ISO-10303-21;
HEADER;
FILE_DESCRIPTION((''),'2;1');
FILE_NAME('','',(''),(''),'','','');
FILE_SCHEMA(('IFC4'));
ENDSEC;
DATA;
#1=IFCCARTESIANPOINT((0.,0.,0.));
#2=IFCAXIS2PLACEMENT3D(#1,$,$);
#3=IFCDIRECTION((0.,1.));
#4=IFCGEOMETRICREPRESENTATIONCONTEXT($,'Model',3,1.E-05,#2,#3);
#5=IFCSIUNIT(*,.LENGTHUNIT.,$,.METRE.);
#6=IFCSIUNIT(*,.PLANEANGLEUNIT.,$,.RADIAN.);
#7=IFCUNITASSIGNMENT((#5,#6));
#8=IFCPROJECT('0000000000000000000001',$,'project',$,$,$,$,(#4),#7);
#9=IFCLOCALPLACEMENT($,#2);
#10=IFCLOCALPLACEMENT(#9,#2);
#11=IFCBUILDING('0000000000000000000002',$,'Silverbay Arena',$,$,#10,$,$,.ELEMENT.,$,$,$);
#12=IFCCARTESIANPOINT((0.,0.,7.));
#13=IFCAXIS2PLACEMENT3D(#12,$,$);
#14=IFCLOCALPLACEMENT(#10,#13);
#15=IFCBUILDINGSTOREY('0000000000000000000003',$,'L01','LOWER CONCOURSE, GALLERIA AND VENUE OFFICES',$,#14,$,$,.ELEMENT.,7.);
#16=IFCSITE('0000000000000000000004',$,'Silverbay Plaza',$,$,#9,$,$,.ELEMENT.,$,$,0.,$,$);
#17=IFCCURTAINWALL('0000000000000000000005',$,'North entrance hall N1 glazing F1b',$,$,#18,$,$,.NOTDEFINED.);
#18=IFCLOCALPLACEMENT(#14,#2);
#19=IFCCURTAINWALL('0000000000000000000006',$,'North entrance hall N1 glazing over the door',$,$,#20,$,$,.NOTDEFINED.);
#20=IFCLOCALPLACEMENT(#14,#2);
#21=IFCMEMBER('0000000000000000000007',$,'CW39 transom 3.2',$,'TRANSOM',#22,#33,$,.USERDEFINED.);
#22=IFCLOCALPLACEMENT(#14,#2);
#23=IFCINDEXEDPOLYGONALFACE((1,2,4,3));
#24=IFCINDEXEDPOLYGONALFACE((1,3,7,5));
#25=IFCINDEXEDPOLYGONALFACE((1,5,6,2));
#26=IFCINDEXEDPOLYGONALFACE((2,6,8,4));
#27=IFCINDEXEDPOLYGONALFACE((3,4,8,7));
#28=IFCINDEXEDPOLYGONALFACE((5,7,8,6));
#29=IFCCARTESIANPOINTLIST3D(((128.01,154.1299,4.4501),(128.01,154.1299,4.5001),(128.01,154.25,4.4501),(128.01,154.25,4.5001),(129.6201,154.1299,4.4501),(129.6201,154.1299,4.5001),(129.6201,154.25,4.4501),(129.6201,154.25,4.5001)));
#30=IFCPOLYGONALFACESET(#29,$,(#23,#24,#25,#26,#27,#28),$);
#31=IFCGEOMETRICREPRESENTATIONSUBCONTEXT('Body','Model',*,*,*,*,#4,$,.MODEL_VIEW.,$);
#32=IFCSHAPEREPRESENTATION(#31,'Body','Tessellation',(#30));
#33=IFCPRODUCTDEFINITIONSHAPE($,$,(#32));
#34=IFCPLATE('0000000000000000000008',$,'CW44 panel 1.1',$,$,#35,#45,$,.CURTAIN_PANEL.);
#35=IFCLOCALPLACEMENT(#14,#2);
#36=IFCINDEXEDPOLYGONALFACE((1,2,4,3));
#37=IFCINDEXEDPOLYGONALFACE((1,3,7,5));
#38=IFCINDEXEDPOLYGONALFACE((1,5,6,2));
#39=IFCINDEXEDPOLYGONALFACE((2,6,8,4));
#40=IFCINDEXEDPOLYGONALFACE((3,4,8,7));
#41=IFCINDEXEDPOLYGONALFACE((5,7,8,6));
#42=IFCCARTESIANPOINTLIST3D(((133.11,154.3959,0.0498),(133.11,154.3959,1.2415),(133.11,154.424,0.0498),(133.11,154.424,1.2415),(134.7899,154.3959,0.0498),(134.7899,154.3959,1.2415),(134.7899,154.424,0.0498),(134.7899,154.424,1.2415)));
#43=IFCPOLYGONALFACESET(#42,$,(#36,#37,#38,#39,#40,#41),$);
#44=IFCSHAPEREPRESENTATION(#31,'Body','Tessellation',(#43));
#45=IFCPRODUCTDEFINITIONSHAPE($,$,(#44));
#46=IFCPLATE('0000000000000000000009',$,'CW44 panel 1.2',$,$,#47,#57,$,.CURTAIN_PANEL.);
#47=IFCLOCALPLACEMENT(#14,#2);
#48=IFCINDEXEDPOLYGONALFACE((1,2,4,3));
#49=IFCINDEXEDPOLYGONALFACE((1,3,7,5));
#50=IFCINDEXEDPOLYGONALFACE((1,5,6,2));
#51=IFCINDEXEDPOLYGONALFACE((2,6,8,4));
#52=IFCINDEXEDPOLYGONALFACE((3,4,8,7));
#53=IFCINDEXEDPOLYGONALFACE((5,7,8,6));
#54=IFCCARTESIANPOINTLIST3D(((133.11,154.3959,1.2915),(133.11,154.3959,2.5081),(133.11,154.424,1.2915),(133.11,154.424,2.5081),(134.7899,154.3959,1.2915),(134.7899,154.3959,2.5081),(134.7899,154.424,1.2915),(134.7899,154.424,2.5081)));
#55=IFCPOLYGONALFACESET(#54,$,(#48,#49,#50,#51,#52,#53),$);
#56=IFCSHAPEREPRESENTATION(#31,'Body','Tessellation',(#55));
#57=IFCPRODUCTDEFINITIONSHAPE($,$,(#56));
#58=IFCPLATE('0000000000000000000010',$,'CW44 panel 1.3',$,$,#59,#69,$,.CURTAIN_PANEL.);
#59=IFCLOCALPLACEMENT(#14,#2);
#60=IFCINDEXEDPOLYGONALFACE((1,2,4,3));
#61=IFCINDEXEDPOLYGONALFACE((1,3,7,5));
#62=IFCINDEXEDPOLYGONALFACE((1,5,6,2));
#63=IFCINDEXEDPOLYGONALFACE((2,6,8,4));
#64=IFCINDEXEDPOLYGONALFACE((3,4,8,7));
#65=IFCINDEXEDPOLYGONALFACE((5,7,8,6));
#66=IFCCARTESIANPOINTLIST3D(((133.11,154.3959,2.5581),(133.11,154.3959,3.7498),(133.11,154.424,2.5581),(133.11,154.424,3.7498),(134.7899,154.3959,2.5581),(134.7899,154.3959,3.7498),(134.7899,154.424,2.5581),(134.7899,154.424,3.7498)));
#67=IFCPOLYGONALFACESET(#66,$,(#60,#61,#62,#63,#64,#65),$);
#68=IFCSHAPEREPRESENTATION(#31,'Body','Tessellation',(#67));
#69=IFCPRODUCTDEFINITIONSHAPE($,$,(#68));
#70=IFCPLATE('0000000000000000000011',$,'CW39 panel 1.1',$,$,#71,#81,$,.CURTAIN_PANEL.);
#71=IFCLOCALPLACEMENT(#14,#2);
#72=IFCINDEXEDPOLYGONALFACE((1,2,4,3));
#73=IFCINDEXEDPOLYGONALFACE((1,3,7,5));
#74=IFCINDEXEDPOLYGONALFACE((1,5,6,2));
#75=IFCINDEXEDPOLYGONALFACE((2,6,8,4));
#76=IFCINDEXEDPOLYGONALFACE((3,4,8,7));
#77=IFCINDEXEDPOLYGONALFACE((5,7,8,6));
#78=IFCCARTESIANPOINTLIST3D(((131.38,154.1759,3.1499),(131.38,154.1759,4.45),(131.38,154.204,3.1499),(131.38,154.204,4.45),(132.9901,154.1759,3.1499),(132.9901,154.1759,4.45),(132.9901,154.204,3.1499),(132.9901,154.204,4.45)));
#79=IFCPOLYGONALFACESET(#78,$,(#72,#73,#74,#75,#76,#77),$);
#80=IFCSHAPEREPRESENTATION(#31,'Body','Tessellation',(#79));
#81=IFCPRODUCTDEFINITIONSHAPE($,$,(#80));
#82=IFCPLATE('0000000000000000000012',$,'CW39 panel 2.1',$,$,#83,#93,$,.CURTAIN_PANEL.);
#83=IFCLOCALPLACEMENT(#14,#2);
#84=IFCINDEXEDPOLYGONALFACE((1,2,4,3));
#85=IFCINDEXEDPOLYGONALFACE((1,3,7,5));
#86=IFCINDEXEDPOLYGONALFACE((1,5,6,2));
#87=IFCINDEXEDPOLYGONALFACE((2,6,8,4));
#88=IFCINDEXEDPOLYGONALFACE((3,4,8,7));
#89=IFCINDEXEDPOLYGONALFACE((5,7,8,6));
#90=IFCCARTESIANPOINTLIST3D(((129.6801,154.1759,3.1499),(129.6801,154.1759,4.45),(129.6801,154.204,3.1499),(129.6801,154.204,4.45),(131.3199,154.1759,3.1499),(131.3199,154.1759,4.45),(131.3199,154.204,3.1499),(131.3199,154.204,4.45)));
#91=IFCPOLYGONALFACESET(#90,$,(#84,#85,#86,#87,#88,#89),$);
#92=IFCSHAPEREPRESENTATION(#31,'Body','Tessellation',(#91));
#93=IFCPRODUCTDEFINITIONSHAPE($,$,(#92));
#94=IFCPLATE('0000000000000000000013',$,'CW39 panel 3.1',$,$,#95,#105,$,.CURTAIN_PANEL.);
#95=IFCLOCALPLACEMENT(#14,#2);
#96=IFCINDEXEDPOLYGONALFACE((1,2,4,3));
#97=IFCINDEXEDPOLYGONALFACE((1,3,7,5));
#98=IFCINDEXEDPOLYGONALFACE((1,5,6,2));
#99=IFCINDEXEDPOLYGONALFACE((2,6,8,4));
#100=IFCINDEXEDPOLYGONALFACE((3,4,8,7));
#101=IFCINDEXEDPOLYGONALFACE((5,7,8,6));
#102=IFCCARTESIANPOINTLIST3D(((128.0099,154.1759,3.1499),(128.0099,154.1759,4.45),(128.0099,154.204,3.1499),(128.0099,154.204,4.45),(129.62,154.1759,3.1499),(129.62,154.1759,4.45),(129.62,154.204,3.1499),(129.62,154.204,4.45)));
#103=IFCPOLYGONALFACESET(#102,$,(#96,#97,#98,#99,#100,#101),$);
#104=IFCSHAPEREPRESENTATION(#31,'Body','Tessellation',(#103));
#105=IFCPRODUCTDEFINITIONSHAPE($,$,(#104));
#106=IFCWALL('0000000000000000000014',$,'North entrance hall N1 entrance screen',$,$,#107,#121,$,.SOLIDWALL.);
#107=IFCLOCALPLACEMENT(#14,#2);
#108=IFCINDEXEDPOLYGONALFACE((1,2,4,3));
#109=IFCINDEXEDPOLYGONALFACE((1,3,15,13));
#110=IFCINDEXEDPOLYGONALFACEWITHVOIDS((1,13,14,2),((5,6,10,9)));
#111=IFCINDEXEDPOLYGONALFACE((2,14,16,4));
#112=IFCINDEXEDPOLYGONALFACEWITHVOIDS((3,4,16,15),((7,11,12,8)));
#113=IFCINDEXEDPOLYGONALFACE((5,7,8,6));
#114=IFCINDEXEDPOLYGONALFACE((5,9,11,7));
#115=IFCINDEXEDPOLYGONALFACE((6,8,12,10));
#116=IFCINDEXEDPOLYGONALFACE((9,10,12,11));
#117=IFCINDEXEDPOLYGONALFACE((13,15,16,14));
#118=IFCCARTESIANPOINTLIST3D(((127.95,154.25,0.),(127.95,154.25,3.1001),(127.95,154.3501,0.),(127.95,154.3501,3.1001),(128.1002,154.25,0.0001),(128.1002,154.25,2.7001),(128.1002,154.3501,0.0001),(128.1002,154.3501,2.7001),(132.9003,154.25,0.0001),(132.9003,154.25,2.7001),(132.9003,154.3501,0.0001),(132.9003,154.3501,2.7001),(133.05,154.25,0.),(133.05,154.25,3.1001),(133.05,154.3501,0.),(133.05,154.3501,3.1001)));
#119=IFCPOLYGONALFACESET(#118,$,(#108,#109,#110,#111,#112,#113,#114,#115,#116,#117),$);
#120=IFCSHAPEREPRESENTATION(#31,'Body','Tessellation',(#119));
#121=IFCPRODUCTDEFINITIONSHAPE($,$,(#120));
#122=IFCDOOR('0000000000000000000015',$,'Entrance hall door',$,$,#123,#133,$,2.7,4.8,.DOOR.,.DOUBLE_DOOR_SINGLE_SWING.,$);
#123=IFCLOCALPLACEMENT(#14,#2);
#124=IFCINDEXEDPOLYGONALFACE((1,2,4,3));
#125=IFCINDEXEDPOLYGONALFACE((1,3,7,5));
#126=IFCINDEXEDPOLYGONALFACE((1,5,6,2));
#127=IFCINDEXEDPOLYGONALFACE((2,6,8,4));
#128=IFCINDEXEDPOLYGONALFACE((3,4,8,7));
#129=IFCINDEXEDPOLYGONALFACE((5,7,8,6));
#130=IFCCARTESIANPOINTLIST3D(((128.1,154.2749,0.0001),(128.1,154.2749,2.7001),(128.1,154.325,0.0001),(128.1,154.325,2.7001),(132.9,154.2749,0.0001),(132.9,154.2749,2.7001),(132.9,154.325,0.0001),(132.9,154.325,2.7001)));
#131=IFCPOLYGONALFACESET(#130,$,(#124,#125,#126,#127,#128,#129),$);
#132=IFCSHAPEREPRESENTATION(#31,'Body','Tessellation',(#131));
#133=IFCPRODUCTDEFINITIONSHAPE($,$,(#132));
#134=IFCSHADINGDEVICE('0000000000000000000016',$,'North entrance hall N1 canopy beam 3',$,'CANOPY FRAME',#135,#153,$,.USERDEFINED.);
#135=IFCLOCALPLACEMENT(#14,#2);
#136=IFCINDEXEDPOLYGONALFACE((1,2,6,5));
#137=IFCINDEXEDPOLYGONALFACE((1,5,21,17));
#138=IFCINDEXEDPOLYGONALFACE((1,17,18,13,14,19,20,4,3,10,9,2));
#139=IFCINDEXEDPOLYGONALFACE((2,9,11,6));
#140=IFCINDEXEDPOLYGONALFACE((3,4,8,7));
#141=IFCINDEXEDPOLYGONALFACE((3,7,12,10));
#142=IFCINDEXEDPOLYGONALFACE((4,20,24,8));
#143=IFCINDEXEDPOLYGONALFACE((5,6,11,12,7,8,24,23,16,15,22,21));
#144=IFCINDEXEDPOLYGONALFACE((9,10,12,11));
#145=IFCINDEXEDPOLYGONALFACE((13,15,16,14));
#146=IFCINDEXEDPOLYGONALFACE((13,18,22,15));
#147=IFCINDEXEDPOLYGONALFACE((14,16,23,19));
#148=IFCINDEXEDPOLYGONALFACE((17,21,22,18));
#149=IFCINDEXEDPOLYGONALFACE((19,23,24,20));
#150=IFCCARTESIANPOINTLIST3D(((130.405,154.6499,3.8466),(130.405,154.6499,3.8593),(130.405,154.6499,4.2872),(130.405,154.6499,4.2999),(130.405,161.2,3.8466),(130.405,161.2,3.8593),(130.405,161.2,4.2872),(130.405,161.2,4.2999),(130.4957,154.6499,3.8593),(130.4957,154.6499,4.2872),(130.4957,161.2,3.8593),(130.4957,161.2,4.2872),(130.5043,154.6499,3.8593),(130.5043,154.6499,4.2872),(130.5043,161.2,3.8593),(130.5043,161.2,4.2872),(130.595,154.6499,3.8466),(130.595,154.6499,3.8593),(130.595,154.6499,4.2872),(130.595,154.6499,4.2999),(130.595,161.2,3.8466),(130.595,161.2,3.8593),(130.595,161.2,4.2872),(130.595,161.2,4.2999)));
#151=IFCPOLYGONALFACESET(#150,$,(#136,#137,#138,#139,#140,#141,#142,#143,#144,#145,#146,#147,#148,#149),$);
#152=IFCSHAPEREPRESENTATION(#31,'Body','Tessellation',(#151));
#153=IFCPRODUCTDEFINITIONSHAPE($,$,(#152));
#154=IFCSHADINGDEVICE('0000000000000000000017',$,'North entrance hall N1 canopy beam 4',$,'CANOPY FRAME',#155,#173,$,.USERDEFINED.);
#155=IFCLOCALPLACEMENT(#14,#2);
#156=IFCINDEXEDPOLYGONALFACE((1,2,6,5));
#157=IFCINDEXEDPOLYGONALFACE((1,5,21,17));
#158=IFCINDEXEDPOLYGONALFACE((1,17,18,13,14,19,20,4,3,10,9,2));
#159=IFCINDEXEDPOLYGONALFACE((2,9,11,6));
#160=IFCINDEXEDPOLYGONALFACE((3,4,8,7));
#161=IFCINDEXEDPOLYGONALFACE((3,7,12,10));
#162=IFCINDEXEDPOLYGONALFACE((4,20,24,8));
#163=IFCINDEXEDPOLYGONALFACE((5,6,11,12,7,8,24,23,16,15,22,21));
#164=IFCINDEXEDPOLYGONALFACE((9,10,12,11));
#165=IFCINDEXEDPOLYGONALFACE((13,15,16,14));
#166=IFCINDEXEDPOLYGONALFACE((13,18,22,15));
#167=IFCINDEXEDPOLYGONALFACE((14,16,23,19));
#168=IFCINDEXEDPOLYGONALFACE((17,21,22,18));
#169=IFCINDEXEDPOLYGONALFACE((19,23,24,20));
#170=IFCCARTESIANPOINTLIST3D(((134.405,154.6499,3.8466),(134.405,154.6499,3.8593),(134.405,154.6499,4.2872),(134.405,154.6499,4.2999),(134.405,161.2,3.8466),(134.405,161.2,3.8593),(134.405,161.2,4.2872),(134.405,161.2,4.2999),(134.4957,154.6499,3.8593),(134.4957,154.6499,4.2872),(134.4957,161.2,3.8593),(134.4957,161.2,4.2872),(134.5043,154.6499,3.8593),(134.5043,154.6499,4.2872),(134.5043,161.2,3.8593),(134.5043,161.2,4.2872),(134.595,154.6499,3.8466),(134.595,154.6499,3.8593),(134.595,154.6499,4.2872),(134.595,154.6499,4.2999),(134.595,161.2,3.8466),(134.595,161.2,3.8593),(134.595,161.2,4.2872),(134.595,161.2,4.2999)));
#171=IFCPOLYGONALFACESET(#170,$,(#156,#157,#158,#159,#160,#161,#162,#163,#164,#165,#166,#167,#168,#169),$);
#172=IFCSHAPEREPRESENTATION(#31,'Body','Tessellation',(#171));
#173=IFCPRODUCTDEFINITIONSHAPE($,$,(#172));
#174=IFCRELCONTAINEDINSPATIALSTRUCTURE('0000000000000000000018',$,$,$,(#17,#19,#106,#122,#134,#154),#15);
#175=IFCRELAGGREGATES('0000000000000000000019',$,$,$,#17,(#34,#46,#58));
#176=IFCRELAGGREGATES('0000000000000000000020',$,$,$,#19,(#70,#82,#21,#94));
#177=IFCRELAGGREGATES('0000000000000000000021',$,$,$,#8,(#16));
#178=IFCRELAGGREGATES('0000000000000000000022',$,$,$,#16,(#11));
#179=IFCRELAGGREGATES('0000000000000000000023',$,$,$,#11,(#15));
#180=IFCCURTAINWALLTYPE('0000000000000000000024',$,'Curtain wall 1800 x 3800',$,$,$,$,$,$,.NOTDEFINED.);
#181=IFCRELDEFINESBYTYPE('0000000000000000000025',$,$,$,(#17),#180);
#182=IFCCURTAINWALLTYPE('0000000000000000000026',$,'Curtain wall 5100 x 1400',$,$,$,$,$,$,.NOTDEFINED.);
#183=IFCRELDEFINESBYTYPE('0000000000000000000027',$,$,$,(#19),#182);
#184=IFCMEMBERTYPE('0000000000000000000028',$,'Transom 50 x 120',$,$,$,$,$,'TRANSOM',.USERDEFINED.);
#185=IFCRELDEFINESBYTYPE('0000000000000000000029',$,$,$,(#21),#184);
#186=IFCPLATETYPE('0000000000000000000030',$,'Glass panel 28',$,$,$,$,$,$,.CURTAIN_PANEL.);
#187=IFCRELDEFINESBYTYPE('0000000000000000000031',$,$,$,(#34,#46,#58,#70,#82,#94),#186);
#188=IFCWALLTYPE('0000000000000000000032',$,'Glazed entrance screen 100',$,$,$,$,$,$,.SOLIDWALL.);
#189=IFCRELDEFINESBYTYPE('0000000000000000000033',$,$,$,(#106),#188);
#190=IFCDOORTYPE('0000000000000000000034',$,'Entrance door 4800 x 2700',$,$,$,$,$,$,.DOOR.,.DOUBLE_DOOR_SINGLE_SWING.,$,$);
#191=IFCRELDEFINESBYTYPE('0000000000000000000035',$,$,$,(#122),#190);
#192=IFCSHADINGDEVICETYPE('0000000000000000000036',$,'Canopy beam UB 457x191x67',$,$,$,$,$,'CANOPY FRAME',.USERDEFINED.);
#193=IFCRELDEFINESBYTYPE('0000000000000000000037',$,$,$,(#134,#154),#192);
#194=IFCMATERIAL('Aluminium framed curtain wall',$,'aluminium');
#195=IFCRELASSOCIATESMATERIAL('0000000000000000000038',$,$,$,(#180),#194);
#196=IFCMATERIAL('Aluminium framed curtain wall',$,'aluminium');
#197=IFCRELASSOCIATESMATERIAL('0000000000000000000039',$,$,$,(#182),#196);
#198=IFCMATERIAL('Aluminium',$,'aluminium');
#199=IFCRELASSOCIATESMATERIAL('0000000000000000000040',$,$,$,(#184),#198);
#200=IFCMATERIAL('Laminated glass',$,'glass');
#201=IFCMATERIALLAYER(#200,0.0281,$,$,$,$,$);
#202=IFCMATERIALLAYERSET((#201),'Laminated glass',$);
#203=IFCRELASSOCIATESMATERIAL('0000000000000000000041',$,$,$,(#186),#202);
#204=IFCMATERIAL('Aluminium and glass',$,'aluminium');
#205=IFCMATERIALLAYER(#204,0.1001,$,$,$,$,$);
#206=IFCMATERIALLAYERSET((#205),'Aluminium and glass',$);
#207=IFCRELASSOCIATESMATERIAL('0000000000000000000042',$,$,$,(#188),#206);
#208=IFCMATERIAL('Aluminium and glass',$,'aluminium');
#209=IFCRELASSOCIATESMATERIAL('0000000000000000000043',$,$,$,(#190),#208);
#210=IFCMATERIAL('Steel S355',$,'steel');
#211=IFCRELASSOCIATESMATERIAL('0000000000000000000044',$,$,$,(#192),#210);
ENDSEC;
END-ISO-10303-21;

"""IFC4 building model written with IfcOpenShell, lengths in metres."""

from ifc_helpers import new_model, si_unit, direction, frame, frame_2d, origin, origin_2d, place, context, subcontext, project, spatial, rectangle, i_section, extrude, material, layer, layer_set, material_profile, profile_set, type_object, element, fill, aggregate, save


model = new_model("IFC4")

# Units and contexts
model_context = context("Model", 3, precision=1e-05, world=origin(), true_north=direction((0.0, 1.0)))
body_context = subcontext(model_context, "Body", "Model", "MODEL_VIEW")
ifc_project = project(units=[si_unit("LENGTHUNIT", "METRE"), si_unit("PLANEANGLEUNIT", "RADIAN")], contexts=[model_context])

# Site, building, storey
site_placement = place(None, origin())
site = spatial("IfcSite", under=ifc_project, at=site_placement, Name="Silverbay Plaza", CompositionType="ELEMENT", RefElevation=0.0)
building_placement = place(site_placement, origin())
building = spatial("IfcBuilding", under=site, at=building_placement, Name="Silverbay Arena", CompositionType="ELEMENT")
storey_placement = place(building_placement, frame((0.0, 0.0, 7.0)))
storey = spatial("IfcBuildingStorey", under=building, at=storey_placement, Name="L01", Description="LOWER CONCOURSE, GALLERIA AND VENUE OFFICES", CompositionType="ELEMENT", Elevation=7.0)

# Curtain wall
ifc_material_1 = material(Name="Aluminium framed curtain wall", Category="aluminium")
curtain_wall_type_1 = type_object("IfcCurtainWallType", Name="Curtain wall 1800 x 3800", PredefinedType="NOTDEFINED", material=ifc_material_1)
curtain_wall_1_placement = place(storey_placement, origin())
curtain_wall_1 = element("IfcCurtainWall", 1, at=curtain_wall_1_placement, inside=storey, type_object=curtain_wall_type_1, Name="North entrance hall N1 glazing F1b", PredefinedType="NOTDEFINED")

# Curtain wall
ifc_material_2 = material(Name="Aluminium framed curtain wall", Category="aluminium")
curtain_wall_type_2 = type_object("IfcCurtainWallType", Name="Curtain wall 5100 x 1400", PredefinedType="NOTDEFINED", material=ifc_material_2)
curtain_wall_2_placement = place(storey_placement, origin())
curtain_wall_2 = element("IfcCurtainWall", 2, at=curtain_wall_2_placement, inside=storey, type_object=curtain_wall_type_2, Name="North entrance hall N1 glazing over the door", PredefinedType="NOTDEFINED")

# Member
ifc_material_3 = material(Name="Aluminium", Category="aluminium")
ifc_material_profile_1 = material_profile(ifc_material_3, rectangle(XDim=0.1201, YDim=0.05, at=origin_2d()), Name="Transom 50 x 120")
ifc_profile_set_1 = profile_set([ifc_material_profile_1], Name="Aluminium")
member_type_1 = type_object("IfcMemberType", Name="Transom 50 x 120", ElementType="TRANSOM", PredefinedType="USERDEFINED", material=ifc_profile_set_1)
member_1_placement = place(storey_placement, frame((129.6201, 154.1899, 4.4751), z_axis=(-1.0, 0.0, 0.0), x_axis=(0.0, -1.0, 0.0)))
member_1 = element("IfcMember", 3, at=member_1_placement, type_object=member_type_1, Name="CW39 transom 3.2", ObjectType="TRANSOM", PredefinedType="USERDEFINED", context=body_context, shape_type="SweptSolid", body=[
    extrude(rectangle(XDim=0.1201, YDim=0.05, at=origin_2d()), origin(), (0.0, 0.0, 1.0), 1.6101),
])

# Plates
ifc_material_4 = material(Name="Laminated glass", Category="glass")
ifc_layer_1 = layer(ifc_material_4, 0.0281)
ifc_layer_set_1 = layer_set([ifc_layer_1], Name="Laminated glass")
plate_type = type_object("IfcPlateType", Name="Glass panel 28", PredefinedType="CURTAIN_PANEL", material=ifc_layer_set_1)
plate_1_placement = place(storey_placement, frame((133.95, 154.4099, 0.0498), z_axis=(0.0, 0.0, 1.0), x_axis=(1.0, 0.0, 0.0)))
plate_1 = element("IfcPlate", 4, at=plate_1_placement, type_object=plate_type, Name="CW44 panel 1.1", PredefinedType="CURTAIN_PANEL", context=body_context, shape_type="SweptSolid", body=[
    extrude(rectangle(XDim=1.6799, YDim=0.0281, at=origin_2d()), origin(), (0.0, 0.0, 1.0), 1.1917),
])
plate_2_placement = place(storey_placement, frame((133.95, 154.4099, 1.2915), z_axis=(0.0, 0.0, 1.0), x_axis=(1.0, 0.0, 0.0)))
plate_2 = element("IfcPlate", 5, at=plate_2_placement, type_object=plate_type, Name="CW44 panel 1.2", PredefinedType="CURTAIN_PANEL", context=body_context, shape_type="SweptSolid", body=[
    extrude(rectangle(XDim=1.6799, YDim=0.0281, at=origin_2d()), origin(), (0.0, 0.0, 1.0), 1.2166),
])
plate_3_placement = place(storey_placement, frame((133.95, 154.4099, 2.5581), z_axis=(0.0, 0.0, 1.0), x_axis=(1.0, 0.0, 0.0)))
plate_3 = element("IfcPlate", 6, at=plate_3_placement, type_object=plate_type, Name="CW44 panel 1.3", PredefinedType="CURTAIN_PANEL", context=body_context, shape_type="SweptSolid", body=[
    extrude(rectangle(XDim=1.6799, YDim=0.0281, at=origin_2d()), origin(), (0.0, 0.0, 1.0), 1.1917),
])
aggregate(curtain_wall_1, [plate_1, plate_2, plate_3])
plate_4_placement = place(storey_placement, frame((132.1851, 154.1899, 3.1499), z_axis=(0.0, 0.0, 1.0), x_axis=(-1.0, 0.0, 0.0)))
plate_4 = element("IfcPlate", 7, at=plate_4_placement, type_object=plate_type, Name="CW39 panel 1.1", PredefinedType="CURTAIN_PANEL", context=body_context, shape_type="SweptSolid", body=[
    extrude(rectangle(XDim=1.6101, YDim=0.0281, at=origin_2d()), origin(), (0.0, 0.0, 1.0), 1.3),
])
plate_5_placement = place(storey_placement, frame((130.5, 154.1899, 3.1499), z_axis=(0.0, 0.0, 1.0), x_axis=(-1.0, 0.0, 0.0)))
plate_5 = element("IfcPlate", 8, at=plate_5_placement, type_object=plate_type, Name="CW39 panel 2.1", PredefinedType="CURTAIN_PANEL", context=body_context, shape_type="SweptSolid", body=[
    extrude(rectangle(XDim=1.6399, YDim=0.0281, at=origin_2d()), origin(), (0.0, 0.0, 1.0), 1.3),
])
plate_6_placement = place(storey_placement, frame((128.8149, 154.1899, 3.1499), z_axis=(0.0, 0.0, 1.0), x_axis=(-1.0, 0.0, 0.0)))
plate_6 = element("IfcPlate", 9, at=plate_6_placement, type_object=plate_type, Name="CW39 panel 3.1", PredefinedType="CURTAIN_PANEL", context=body_context, shape_type="SweptSolid", body=[
    extrude(rectangle(XDim=1.6101, YDim=0.0281, at=origin_2d()), origin(), (0.0, 0.0, 1.0), 1.3),
])
aggregate(curtain_wall_2, [plate_4, plate_5, member_1, plate_6])

# Wall, opening, door
ifc_material_5 = material(Name="Aluminium and glass", Category="aluminium")
ifc_layer_2 = layer(ifc_material_5, 0.1001)
ifc_layer_set_2 = layer_set([ifc_layer_2], Name="Aluminium and glass")
wall_type = type_object("IfcWallType", Name="Glazed entrance screen 100", PredefinedType="SOLIDWALL", material=ifc_layer_set_2)
wall_placement = place(storey_placement, frame((133.05, 154.3, 0.0), z_axis=(0.0, 0.0, 1.0), x_axis=(-1.0, 0.0, 0.0)))
wall = element("IfcWall", 10, at=wall_placement, inside=storey, type_object=wall_type, Name="North entrance hall N1 entrance screen", PredefinedType="SOLIDWALL", context=body_context, shape_type="SweptSolid", body=[
    extrude(rectangle(XDim=5.1001, YDim=0.1001, at=frame_2d((2.55, 0.0))), origin(), (0.0, 0.0, 1.0), 3.1001),
])
opening_placement = place(wall_placement, frame((0.1499, 0.0, 0.0)))
opening = element("IfcOpeningElement", 11, at=opening_placement, cuts=wall, PredefinedType="OPENING", context=body_context, shape_type="SweptSolid", body=[
    extrude(rectangle(XDim=4.8, YDim=2.7, at=frame_2d((2.3999, 1.3501))), frame((0.0, 0.0601, 0.0), z_axis=(0.0, -1.0, 0.0), x_axis=(1.0, 0.0, 0.0)), (0.0, 0.0, 1.0), 0.1201),
])
ifc_material_6 = material(Name="Aluminium and glass", Category="aluminium")
door_type = type_object("IfcDoorType", Name="Entrance door 4800 x 2700", OperationType="DOUBLE_DOOR_SINGLE_SWING", PredefinedType="DOOR", material=ifc_material_6)
door_placement = place(opening_placement, frame((4.8, 0.0, 0.0), z_axis=(0.0, 0.0, 1.0), x_axis=(-1.0, 0.0, 0.0)))
door = element("IfcDoor", 12, at=door_placement, inside=storey, type_object=door_type, Name="Entrance hall door", OperationType="DOUBLE_DOOR_SINGLE_SWING", OverallHeight=2.7, OverallWidth=4.8, PredefinedType="DOOR", context=body_context, shape_type="SweptSolid", body=[
    extrude(rectangle(XDim=4.8, YDim=2.7, at=frame_2d((2.3999, 1.3501))), frame((0.0, 0.0249, 0.0), z_axis=(0.0, -1.0, 0.0), x_axis=(1.0, 0.0, 0.0)), (0.0, 0.0, 1.0), 0.05),
])
fill(opening, door)

# Shading devices
ifc_material_7 = material(Name="Steel S355", Category="steel")
ifc_material_profile_2 = material_profile(ifc_material_7, i_section(OverallWidth=0.1899, OverallDepth=0.4534, WebThickness=0.0085, FlangeThickness=0.0127, at=origin_2d()), Name="UB 457x191x67")
ifc_profile_set_2 = profile_set([ifc_material_profile_2], Name="Steel S355")
shading_device_type_1 = type_object("IfcShadingDeviceType", Name="Canopy beam UB 457x191x67", ElementType="CANOPY FRAME", PredefinedType="USERDEFINED", material=ifc_profile_set_2)
for number, where, z_axis, x_axis, name in (
    (13, (130.5, 154.6499, 4.0732), (0.0, 1.0, 0.0), (-1.0, 0.0, 0.0), "North entrance hall N1 canopy beam 3"),
    (14, (134.5, 154.6499, 4.0732), (0.0, 1.0, 0.0), (-1.0, 0.0, 0.0), "North entrance hall N1 canopy beam 4"),
):
    element("IfcShadingDevice", number, at=place(storey_placement, frame(where, z_axis=z_axis, x_axis=x_axis)), inside=storey, type_object=shading_device_type_1, Name=name, ObjectType="CANOPY FRAME", PredefinedType="USERDEFINED", context=body_context, shape_type="SweptSolid", body=[
        extrude(i_section(OverallWidth=0.1899, OverallDepth=0.4534, WebThickness=0.0085, FlangeThickness=0.0127, at=origin_2d()), origin(), (0.0, 0.0, 1.0), 6.55),
    ])

save(model, "model.ifc")
